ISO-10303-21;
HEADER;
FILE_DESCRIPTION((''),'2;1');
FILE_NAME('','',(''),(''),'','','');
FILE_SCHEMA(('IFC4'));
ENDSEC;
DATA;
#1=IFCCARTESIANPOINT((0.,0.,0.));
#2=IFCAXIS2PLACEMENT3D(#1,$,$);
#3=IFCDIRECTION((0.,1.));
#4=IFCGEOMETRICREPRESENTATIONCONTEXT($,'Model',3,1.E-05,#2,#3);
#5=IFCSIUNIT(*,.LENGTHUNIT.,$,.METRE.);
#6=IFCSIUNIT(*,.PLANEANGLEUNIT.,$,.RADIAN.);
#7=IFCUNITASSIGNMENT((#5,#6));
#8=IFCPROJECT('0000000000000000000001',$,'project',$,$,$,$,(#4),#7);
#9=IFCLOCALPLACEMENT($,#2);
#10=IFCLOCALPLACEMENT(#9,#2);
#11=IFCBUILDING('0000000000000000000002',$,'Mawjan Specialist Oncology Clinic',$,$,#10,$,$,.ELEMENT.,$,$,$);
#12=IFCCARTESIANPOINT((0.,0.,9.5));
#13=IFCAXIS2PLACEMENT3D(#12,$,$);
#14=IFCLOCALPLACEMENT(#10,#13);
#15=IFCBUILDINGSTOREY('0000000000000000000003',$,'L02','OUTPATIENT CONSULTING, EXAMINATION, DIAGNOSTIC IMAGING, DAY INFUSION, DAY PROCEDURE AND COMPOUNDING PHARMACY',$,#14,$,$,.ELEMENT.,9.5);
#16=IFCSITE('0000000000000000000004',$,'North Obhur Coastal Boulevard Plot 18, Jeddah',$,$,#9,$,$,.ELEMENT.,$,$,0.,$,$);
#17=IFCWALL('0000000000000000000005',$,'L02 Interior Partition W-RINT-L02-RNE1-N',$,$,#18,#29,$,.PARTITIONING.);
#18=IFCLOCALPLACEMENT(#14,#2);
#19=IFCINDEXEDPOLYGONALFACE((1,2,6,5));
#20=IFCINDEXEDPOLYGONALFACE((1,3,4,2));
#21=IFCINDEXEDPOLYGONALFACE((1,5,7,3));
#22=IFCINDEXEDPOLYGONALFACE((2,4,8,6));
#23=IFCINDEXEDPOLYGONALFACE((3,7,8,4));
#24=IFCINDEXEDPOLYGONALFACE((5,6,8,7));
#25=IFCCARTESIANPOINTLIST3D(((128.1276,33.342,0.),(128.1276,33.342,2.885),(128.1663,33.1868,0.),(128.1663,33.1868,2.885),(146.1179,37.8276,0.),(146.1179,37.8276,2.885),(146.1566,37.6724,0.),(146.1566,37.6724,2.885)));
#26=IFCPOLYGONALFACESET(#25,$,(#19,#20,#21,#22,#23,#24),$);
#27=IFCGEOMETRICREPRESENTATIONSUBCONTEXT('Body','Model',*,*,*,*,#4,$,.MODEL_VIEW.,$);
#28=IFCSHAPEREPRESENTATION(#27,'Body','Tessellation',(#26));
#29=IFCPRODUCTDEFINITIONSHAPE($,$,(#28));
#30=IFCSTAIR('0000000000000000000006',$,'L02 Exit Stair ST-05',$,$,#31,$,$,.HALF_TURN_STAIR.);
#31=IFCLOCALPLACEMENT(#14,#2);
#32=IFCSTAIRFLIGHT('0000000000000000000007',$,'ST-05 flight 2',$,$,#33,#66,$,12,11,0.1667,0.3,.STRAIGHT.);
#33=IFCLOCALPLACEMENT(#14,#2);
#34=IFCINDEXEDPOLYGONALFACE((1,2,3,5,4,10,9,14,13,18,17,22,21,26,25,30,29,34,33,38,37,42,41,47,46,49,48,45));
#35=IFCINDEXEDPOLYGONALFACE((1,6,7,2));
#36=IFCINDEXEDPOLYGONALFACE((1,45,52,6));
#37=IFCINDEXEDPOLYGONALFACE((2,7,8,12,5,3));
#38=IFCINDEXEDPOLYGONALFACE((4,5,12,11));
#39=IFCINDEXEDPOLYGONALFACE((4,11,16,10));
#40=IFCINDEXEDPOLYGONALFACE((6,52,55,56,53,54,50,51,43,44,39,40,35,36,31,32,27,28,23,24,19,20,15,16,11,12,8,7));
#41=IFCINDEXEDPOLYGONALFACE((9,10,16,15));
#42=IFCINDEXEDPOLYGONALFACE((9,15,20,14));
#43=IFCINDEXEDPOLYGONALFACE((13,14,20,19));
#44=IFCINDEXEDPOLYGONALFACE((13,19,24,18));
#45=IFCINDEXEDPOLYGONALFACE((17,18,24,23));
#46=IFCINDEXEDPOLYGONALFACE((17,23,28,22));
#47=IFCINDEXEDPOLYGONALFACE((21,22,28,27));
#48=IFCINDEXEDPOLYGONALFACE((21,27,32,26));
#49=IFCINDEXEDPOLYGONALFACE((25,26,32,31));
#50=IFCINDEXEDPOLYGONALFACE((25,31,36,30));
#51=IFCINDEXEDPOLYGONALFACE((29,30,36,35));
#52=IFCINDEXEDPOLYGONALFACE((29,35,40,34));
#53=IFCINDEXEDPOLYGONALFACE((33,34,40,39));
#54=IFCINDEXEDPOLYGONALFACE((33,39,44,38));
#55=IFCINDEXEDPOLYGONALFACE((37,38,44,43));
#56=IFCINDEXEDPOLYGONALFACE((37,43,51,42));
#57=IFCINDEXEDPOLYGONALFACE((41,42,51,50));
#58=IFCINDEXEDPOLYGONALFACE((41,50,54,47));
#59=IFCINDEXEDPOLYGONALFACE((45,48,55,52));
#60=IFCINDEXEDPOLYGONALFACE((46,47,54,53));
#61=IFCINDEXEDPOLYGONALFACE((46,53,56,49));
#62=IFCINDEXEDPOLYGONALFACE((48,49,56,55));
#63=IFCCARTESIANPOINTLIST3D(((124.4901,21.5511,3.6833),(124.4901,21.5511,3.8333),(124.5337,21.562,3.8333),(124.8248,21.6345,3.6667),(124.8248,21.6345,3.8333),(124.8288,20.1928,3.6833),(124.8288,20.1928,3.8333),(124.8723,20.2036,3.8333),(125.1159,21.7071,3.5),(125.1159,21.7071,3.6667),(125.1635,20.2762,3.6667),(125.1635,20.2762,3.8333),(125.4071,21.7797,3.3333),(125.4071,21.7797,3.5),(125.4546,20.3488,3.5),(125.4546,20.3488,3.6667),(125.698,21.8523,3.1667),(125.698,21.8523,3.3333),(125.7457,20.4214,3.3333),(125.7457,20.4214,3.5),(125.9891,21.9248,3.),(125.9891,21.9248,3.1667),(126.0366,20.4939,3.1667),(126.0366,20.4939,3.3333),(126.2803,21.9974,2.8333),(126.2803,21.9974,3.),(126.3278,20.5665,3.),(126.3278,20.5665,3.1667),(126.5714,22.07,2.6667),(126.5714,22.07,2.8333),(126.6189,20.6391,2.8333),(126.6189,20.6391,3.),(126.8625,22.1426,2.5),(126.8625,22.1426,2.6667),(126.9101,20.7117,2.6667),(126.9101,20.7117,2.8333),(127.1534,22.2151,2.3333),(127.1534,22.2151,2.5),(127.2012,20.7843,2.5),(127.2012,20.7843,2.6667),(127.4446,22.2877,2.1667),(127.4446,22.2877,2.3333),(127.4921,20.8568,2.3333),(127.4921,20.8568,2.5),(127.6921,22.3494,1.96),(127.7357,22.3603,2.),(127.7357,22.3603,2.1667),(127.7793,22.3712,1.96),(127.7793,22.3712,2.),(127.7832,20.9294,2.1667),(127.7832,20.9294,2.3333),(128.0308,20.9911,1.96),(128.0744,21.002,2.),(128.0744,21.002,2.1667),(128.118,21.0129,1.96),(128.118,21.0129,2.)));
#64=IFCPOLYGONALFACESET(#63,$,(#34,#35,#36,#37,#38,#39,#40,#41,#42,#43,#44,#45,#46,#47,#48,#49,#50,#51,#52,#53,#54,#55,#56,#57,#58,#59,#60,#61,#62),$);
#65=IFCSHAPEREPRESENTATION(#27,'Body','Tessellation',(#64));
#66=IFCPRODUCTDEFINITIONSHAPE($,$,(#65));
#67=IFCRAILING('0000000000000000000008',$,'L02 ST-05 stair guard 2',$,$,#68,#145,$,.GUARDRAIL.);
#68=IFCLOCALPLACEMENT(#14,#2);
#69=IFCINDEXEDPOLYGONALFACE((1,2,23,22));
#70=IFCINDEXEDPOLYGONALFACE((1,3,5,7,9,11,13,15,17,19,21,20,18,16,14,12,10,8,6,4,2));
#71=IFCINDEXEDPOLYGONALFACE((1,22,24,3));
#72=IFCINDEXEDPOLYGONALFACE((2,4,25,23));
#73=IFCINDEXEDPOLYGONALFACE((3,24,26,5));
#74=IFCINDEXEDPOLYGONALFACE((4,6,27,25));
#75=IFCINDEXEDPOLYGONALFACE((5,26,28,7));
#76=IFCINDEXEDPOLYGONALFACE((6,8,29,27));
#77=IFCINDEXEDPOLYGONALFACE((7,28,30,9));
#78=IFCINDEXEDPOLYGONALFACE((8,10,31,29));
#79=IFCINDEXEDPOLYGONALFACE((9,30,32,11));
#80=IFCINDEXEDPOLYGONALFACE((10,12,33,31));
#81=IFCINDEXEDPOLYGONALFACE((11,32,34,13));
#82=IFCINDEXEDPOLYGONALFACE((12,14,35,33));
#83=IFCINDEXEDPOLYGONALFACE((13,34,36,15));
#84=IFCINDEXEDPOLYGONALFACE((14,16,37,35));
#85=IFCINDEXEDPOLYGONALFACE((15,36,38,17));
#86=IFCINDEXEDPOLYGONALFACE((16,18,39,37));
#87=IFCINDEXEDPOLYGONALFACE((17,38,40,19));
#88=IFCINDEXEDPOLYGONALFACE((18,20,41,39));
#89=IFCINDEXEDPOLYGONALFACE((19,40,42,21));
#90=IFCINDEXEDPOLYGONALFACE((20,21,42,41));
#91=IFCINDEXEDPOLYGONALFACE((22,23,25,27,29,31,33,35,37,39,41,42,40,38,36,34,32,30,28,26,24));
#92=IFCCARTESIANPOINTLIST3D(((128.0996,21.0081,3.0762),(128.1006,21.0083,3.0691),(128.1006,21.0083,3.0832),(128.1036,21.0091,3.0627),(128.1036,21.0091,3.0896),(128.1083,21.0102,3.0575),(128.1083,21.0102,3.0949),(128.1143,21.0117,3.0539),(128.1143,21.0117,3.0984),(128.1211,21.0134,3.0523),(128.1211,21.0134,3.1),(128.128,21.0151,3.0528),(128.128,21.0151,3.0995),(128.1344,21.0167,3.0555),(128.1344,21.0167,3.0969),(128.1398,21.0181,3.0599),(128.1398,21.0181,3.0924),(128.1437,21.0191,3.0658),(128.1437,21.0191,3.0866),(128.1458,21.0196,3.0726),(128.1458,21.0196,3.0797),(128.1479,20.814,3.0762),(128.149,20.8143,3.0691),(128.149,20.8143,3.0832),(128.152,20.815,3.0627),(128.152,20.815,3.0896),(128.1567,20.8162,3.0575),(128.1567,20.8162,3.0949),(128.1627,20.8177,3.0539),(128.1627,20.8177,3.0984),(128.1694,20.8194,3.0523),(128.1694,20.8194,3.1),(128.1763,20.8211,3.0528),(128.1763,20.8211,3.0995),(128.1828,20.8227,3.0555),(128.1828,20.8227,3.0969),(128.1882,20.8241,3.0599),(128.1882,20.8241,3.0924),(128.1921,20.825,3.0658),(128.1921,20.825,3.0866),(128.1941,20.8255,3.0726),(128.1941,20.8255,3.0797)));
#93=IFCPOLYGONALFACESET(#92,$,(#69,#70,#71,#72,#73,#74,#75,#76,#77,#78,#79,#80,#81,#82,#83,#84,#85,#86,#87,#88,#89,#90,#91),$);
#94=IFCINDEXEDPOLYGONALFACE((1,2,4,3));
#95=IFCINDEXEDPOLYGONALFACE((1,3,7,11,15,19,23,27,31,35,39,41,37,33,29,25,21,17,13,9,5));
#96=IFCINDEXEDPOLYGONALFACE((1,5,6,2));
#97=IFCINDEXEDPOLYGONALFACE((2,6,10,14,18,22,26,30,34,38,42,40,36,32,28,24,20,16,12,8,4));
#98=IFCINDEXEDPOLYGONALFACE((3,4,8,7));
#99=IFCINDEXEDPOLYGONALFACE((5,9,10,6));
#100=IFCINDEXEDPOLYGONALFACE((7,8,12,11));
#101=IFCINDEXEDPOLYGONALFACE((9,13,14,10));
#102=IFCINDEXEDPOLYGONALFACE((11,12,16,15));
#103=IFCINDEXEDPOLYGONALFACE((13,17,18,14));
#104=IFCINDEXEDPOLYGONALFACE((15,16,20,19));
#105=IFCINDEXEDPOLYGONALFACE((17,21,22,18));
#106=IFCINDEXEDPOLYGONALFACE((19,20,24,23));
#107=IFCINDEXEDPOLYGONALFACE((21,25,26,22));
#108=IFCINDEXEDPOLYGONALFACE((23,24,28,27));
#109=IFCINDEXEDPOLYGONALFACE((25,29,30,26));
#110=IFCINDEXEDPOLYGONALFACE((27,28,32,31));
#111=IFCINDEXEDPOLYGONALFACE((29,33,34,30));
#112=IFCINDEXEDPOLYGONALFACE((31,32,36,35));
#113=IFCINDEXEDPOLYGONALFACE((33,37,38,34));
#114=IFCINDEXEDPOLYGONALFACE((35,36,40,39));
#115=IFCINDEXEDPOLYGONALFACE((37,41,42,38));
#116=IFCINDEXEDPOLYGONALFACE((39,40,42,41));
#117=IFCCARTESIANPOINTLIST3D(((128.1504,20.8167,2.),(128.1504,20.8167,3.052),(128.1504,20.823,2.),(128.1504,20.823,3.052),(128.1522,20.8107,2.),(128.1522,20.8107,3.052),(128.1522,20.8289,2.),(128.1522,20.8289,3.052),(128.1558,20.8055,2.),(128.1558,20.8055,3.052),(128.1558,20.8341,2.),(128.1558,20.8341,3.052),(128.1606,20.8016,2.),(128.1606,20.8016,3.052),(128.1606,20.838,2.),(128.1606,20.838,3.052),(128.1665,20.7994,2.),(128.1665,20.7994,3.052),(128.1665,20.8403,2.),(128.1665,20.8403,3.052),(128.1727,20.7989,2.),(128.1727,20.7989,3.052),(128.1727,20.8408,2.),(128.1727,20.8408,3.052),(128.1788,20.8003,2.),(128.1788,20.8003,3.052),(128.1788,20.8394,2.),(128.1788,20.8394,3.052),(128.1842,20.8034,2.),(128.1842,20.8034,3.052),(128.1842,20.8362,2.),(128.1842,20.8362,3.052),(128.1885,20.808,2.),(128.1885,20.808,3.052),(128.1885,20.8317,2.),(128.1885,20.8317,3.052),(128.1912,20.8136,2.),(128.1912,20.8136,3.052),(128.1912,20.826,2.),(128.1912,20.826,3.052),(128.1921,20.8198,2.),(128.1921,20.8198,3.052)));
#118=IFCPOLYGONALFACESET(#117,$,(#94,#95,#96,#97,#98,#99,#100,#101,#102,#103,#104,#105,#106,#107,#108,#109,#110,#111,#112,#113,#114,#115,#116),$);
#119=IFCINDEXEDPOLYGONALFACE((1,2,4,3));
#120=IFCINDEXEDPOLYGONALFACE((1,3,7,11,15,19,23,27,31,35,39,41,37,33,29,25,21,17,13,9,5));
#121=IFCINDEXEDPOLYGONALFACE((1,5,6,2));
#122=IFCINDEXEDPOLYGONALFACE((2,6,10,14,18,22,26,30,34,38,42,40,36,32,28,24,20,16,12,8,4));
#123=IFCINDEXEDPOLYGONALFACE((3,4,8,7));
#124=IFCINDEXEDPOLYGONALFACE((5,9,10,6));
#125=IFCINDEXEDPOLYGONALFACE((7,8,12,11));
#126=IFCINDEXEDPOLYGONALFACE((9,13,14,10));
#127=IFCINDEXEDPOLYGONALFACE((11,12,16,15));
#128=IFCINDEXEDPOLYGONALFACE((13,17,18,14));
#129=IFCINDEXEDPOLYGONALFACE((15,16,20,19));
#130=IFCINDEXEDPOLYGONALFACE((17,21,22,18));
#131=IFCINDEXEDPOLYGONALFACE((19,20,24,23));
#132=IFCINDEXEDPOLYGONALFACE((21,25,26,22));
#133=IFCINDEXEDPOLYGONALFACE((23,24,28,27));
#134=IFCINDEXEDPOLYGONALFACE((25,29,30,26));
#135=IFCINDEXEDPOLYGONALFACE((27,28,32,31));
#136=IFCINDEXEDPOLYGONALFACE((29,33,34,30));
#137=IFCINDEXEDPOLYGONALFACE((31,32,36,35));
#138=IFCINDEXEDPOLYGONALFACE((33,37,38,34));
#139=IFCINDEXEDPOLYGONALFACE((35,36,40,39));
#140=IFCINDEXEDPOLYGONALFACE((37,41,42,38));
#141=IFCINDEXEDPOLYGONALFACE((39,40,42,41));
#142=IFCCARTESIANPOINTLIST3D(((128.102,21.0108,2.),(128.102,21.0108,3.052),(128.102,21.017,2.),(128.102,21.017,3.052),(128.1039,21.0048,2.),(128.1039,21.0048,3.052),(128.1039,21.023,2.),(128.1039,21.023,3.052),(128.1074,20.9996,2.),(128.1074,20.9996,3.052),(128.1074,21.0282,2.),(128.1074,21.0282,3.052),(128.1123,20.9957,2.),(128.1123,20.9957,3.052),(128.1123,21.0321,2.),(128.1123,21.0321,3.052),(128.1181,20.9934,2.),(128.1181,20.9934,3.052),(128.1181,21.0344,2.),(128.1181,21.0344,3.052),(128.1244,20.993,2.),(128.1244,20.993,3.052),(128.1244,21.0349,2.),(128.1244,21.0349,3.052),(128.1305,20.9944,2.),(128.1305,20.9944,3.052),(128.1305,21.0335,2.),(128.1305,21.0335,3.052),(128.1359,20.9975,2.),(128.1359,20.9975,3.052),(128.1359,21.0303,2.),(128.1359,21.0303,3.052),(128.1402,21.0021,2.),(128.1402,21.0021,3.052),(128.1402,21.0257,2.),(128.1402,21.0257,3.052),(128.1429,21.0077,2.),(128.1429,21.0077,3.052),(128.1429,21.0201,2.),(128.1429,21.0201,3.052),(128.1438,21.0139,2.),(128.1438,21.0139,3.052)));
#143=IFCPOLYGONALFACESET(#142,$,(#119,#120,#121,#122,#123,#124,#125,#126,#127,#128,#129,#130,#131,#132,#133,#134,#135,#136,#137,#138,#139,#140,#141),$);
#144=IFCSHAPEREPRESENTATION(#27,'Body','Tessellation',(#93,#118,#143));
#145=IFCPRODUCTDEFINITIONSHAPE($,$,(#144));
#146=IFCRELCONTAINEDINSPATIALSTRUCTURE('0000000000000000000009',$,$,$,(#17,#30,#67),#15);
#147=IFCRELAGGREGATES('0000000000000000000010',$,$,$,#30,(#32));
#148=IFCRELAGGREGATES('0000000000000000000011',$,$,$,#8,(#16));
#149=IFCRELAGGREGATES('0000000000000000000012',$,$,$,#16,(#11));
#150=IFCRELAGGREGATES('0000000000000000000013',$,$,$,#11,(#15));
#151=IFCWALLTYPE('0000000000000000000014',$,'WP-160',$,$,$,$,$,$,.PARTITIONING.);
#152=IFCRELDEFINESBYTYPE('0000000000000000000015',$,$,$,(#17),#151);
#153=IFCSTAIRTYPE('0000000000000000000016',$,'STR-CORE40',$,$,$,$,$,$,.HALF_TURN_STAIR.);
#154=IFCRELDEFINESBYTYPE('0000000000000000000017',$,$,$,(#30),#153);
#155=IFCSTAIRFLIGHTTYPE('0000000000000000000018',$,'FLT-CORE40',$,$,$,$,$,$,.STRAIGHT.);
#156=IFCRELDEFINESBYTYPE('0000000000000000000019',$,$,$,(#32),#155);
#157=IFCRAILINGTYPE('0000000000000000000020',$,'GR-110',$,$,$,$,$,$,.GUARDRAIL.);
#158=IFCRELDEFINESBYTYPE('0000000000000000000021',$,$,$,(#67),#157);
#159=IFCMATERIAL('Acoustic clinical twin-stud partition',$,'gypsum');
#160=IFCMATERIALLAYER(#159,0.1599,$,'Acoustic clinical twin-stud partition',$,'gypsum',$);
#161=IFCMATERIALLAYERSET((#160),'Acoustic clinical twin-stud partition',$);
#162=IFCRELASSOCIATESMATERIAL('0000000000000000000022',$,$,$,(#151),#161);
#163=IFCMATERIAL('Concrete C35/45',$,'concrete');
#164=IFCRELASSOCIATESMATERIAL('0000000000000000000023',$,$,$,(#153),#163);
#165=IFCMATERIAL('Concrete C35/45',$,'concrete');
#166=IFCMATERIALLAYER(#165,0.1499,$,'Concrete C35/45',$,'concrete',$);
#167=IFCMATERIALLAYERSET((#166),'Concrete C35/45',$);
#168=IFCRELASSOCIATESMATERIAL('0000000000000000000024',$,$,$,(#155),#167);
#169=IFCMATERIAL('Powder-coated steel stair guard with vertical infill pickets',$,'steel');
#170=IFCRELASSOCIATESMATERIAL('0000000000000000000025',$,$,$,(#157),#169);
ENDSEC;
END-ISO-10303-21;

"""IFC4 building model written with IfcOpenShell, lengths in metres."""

from ifc_helpers import new_model, si_unit, direction, frame, frame_2d, origin, origin_2d, place, context, subcontext, project, spatial, polyline, rectangle, circle, outline, extrude, material, layer, layer_set, type_object, element, aggregate, save


model = new_model("IFC4")

# Units and contexts
model_context = context("Model", 3, precision=1e-05, world=origin(), true_north=direction((0.0, 1.0)))
body_context = subcontext(model_context, "Body", "Model", "MODEL_VIEW")
ifc_project = project(units=[si_unit("LENGTHUNIT", "METRE"), si_unit("PLANEANGLEUNIT", "RADIAN")], contexts=[model_context])

# Site, building, storey
site_placement = place(None, origin())
site = spatial("IfcSite", under=ifc_project, at=site_placement, Name="North Obhur Coastal Boulevard Plot 18, Jeddah", CompositionType="ELEMENT", RefElevation=0.0)
building_placement = place(site_placement, origin())
building = spatial("IfcBuilding", under=site, at=building_placement, Name="Mawjan Specialist Oncology Clinic", CompositionType="ELEMENT")
storey_placement = place(building_placement, frame((0.0, 0.0, 9.5)))
storey = spatial("IfcBuildingStorey", under=building, at=storey_placement, Name="L02", Description="OUTPATIENT CONSULTING, EXAMINATION, DIAGNOSTIC IMAGING, DAY INFUSION, DAY PROCEDURE AND COMPOUNDING PHARMACY", CompositionType="ELEMENT", Elevation=9.5)

# Wall
ifc_material_1 = material(Name="Acoustic clinical twin-stud partition", Category="gypsum")
ifc_layer_1 = layer(ifc_material_1, 0.1599, Name="Acoustic clinical twin-stud partition", Category="gypsum")
ifc_layer_set_1 = layer_set([ifc_layer_1], Name="Acoustic clinical twin-stud partition")
wall_type_1 = type_object("IfcWallType", Name="WP-160", PredefinedType="PARTITIONING", material=ifc_layer_set_1)
wall_1_placement = place(storey_placement, frame((128.147, 33.2644, 0.0), z_axis=(0.0, 0.0, 1.0), x_axis=(0.970294, 0.241928, 0.0)))
element("IfcWall", 1, at=wall_1_placement, inside=storey, type_object=wall_type_1, Name="L02 Interior Partition W-RINT-L02-RNE1-N", PredefinedType="PARTITIONING", context=body_context, shape_type="SweptSolid", body=[
    extrude(rectangle(XDim=18.541, YDim=0.1599, at=frame_2d((9.2705, 0.0))), origin(), (0.0, 0.0, 1.0), 2.885),
])

# Stair, stair flight
ifc_material_2 = material(Name="Concrete C35/45", Category="concrete")
stair_type = type_object("IfcStairType", Name="STR-CORE40", PredefinedType="HALF_TURN_STAIR", material=ifc_material_2)
stair_placement = place(storey_placement, origin())
stair = element("IfcStair", 2, at=stair_placement, inside=storey, type_object=stair_type, Name="L02 Exit Stair ST-05", PredefinedType="HALF_TURN_STAIR")
ifc_material_3 = material(Name="Concrete C35/45", Category="concrete")
ifc_layer_2 = layer(ifc_material_3, 0.1499, Name="Concrete C35/45", Category="concrete")
ifc_layer_set_2 = layer_set([ifc_layer_2], Name="Concrete C35/45")
stair_flight_type = type_object("IfcStairFlightType", Name="FLT-CORE40", PredefinedType="STRAIGHT", material=ifc_layer_set_2)
stair_flight_placement = place(storey_placement, frame((127.905, 21.6812, 2.0), z_axis=(0.0, 0.0, 1.0), x_axis=(-0.970296, -0.241922, 0.0)))
stair_flight = element("IfcStairFlight", 3, at=stair_flight_placement, type_object=stair_flight_type, Name="ST-05 flight 2", NumberOfRisers=12, NumberOfTreads=11, PredefinedType="STRAIGHT", RiserHeight=0.1667, TreadLength=0.3, context=body_context, shape_type="SweptSolid", body=[
    extrude(outline(polyline([(-0.0449, -0.04), (-0.0449, 0.0), (0.0, 0.0), (0.0, 0.1667), (0.3, 0.1667), (0.3, 0.3333), (0.6001, 0.3333), (0.6001, 0.5), (0.8999, 0.5), (0.8999, 0.6667), (1.2, 0.6667), (1.2, 0.8333), (1.5, 0.8333), (1.5, 1.0), (1.8, 1.0), (1.8, 1.1667), (2.1001, 1.1667), (2.1001, 1.3333), (2.3999, 1.3333), (2.3999, 1.5), (2.7, 1.5), (2.7, 1.6667), (3.0, 1.6667), (3.0, 1.8333), (3.3, 1.8333), (3.345, 1.8333), (3.345, 1.6833), (0.0449, -0.04), (-0.0449, -0.04)])), frame((0.0, 0.7, 0.0), z_axis=(0.0, -1.0, 0.0), x_axis=(1.0, 0.0, 0.0)), (0.0, 0.0, 1.0), 1.3999),
])
aggregate(stair, [stair_flight])

# Railing
ifc_material_4 = material(Name="Powder-coated steel stair guard with vertical infill pickets", Category="steel")
railing_type_1 = type_object("IfcRailingType", Name="GR-110", PredefinedType="GUARDRAIL", material=ifc_material_4)
railing_1_placement = place(storey_placement, frame((128.1711, 20.8198, 2.0)))
element("IfcRailing", 4, at=railing_1_placement, inside=storey, type_object=railing_type_1, Name="L02 ST-05 stair guard 2", PredefinedType="GUARDRAIL", context=body_context, shape_type="SweptSolid", body=[
    extrude(circle(Radius=0.0239, at=origin_2d()), frame((0.0, 0.0, 1.0762), z_axis=(-0.241674, 0.970358, 0.0), x_axis=(-0.970358, -0.241674, 0.0)), (0.0, 0.0, 1.0), 0.2),
    extrude(circle(Radius=0.021, at=origin_2d()), origin(), (0.0, 0.0, 1.0), 1.052),
    extrude(circle(Radius=0.021, at=origin_2d()), frame((-0.0483, 0.1941, 0.0)), (0.0, 0.0, 1.0), 1.052),
])

save(model, "model.ifc")
